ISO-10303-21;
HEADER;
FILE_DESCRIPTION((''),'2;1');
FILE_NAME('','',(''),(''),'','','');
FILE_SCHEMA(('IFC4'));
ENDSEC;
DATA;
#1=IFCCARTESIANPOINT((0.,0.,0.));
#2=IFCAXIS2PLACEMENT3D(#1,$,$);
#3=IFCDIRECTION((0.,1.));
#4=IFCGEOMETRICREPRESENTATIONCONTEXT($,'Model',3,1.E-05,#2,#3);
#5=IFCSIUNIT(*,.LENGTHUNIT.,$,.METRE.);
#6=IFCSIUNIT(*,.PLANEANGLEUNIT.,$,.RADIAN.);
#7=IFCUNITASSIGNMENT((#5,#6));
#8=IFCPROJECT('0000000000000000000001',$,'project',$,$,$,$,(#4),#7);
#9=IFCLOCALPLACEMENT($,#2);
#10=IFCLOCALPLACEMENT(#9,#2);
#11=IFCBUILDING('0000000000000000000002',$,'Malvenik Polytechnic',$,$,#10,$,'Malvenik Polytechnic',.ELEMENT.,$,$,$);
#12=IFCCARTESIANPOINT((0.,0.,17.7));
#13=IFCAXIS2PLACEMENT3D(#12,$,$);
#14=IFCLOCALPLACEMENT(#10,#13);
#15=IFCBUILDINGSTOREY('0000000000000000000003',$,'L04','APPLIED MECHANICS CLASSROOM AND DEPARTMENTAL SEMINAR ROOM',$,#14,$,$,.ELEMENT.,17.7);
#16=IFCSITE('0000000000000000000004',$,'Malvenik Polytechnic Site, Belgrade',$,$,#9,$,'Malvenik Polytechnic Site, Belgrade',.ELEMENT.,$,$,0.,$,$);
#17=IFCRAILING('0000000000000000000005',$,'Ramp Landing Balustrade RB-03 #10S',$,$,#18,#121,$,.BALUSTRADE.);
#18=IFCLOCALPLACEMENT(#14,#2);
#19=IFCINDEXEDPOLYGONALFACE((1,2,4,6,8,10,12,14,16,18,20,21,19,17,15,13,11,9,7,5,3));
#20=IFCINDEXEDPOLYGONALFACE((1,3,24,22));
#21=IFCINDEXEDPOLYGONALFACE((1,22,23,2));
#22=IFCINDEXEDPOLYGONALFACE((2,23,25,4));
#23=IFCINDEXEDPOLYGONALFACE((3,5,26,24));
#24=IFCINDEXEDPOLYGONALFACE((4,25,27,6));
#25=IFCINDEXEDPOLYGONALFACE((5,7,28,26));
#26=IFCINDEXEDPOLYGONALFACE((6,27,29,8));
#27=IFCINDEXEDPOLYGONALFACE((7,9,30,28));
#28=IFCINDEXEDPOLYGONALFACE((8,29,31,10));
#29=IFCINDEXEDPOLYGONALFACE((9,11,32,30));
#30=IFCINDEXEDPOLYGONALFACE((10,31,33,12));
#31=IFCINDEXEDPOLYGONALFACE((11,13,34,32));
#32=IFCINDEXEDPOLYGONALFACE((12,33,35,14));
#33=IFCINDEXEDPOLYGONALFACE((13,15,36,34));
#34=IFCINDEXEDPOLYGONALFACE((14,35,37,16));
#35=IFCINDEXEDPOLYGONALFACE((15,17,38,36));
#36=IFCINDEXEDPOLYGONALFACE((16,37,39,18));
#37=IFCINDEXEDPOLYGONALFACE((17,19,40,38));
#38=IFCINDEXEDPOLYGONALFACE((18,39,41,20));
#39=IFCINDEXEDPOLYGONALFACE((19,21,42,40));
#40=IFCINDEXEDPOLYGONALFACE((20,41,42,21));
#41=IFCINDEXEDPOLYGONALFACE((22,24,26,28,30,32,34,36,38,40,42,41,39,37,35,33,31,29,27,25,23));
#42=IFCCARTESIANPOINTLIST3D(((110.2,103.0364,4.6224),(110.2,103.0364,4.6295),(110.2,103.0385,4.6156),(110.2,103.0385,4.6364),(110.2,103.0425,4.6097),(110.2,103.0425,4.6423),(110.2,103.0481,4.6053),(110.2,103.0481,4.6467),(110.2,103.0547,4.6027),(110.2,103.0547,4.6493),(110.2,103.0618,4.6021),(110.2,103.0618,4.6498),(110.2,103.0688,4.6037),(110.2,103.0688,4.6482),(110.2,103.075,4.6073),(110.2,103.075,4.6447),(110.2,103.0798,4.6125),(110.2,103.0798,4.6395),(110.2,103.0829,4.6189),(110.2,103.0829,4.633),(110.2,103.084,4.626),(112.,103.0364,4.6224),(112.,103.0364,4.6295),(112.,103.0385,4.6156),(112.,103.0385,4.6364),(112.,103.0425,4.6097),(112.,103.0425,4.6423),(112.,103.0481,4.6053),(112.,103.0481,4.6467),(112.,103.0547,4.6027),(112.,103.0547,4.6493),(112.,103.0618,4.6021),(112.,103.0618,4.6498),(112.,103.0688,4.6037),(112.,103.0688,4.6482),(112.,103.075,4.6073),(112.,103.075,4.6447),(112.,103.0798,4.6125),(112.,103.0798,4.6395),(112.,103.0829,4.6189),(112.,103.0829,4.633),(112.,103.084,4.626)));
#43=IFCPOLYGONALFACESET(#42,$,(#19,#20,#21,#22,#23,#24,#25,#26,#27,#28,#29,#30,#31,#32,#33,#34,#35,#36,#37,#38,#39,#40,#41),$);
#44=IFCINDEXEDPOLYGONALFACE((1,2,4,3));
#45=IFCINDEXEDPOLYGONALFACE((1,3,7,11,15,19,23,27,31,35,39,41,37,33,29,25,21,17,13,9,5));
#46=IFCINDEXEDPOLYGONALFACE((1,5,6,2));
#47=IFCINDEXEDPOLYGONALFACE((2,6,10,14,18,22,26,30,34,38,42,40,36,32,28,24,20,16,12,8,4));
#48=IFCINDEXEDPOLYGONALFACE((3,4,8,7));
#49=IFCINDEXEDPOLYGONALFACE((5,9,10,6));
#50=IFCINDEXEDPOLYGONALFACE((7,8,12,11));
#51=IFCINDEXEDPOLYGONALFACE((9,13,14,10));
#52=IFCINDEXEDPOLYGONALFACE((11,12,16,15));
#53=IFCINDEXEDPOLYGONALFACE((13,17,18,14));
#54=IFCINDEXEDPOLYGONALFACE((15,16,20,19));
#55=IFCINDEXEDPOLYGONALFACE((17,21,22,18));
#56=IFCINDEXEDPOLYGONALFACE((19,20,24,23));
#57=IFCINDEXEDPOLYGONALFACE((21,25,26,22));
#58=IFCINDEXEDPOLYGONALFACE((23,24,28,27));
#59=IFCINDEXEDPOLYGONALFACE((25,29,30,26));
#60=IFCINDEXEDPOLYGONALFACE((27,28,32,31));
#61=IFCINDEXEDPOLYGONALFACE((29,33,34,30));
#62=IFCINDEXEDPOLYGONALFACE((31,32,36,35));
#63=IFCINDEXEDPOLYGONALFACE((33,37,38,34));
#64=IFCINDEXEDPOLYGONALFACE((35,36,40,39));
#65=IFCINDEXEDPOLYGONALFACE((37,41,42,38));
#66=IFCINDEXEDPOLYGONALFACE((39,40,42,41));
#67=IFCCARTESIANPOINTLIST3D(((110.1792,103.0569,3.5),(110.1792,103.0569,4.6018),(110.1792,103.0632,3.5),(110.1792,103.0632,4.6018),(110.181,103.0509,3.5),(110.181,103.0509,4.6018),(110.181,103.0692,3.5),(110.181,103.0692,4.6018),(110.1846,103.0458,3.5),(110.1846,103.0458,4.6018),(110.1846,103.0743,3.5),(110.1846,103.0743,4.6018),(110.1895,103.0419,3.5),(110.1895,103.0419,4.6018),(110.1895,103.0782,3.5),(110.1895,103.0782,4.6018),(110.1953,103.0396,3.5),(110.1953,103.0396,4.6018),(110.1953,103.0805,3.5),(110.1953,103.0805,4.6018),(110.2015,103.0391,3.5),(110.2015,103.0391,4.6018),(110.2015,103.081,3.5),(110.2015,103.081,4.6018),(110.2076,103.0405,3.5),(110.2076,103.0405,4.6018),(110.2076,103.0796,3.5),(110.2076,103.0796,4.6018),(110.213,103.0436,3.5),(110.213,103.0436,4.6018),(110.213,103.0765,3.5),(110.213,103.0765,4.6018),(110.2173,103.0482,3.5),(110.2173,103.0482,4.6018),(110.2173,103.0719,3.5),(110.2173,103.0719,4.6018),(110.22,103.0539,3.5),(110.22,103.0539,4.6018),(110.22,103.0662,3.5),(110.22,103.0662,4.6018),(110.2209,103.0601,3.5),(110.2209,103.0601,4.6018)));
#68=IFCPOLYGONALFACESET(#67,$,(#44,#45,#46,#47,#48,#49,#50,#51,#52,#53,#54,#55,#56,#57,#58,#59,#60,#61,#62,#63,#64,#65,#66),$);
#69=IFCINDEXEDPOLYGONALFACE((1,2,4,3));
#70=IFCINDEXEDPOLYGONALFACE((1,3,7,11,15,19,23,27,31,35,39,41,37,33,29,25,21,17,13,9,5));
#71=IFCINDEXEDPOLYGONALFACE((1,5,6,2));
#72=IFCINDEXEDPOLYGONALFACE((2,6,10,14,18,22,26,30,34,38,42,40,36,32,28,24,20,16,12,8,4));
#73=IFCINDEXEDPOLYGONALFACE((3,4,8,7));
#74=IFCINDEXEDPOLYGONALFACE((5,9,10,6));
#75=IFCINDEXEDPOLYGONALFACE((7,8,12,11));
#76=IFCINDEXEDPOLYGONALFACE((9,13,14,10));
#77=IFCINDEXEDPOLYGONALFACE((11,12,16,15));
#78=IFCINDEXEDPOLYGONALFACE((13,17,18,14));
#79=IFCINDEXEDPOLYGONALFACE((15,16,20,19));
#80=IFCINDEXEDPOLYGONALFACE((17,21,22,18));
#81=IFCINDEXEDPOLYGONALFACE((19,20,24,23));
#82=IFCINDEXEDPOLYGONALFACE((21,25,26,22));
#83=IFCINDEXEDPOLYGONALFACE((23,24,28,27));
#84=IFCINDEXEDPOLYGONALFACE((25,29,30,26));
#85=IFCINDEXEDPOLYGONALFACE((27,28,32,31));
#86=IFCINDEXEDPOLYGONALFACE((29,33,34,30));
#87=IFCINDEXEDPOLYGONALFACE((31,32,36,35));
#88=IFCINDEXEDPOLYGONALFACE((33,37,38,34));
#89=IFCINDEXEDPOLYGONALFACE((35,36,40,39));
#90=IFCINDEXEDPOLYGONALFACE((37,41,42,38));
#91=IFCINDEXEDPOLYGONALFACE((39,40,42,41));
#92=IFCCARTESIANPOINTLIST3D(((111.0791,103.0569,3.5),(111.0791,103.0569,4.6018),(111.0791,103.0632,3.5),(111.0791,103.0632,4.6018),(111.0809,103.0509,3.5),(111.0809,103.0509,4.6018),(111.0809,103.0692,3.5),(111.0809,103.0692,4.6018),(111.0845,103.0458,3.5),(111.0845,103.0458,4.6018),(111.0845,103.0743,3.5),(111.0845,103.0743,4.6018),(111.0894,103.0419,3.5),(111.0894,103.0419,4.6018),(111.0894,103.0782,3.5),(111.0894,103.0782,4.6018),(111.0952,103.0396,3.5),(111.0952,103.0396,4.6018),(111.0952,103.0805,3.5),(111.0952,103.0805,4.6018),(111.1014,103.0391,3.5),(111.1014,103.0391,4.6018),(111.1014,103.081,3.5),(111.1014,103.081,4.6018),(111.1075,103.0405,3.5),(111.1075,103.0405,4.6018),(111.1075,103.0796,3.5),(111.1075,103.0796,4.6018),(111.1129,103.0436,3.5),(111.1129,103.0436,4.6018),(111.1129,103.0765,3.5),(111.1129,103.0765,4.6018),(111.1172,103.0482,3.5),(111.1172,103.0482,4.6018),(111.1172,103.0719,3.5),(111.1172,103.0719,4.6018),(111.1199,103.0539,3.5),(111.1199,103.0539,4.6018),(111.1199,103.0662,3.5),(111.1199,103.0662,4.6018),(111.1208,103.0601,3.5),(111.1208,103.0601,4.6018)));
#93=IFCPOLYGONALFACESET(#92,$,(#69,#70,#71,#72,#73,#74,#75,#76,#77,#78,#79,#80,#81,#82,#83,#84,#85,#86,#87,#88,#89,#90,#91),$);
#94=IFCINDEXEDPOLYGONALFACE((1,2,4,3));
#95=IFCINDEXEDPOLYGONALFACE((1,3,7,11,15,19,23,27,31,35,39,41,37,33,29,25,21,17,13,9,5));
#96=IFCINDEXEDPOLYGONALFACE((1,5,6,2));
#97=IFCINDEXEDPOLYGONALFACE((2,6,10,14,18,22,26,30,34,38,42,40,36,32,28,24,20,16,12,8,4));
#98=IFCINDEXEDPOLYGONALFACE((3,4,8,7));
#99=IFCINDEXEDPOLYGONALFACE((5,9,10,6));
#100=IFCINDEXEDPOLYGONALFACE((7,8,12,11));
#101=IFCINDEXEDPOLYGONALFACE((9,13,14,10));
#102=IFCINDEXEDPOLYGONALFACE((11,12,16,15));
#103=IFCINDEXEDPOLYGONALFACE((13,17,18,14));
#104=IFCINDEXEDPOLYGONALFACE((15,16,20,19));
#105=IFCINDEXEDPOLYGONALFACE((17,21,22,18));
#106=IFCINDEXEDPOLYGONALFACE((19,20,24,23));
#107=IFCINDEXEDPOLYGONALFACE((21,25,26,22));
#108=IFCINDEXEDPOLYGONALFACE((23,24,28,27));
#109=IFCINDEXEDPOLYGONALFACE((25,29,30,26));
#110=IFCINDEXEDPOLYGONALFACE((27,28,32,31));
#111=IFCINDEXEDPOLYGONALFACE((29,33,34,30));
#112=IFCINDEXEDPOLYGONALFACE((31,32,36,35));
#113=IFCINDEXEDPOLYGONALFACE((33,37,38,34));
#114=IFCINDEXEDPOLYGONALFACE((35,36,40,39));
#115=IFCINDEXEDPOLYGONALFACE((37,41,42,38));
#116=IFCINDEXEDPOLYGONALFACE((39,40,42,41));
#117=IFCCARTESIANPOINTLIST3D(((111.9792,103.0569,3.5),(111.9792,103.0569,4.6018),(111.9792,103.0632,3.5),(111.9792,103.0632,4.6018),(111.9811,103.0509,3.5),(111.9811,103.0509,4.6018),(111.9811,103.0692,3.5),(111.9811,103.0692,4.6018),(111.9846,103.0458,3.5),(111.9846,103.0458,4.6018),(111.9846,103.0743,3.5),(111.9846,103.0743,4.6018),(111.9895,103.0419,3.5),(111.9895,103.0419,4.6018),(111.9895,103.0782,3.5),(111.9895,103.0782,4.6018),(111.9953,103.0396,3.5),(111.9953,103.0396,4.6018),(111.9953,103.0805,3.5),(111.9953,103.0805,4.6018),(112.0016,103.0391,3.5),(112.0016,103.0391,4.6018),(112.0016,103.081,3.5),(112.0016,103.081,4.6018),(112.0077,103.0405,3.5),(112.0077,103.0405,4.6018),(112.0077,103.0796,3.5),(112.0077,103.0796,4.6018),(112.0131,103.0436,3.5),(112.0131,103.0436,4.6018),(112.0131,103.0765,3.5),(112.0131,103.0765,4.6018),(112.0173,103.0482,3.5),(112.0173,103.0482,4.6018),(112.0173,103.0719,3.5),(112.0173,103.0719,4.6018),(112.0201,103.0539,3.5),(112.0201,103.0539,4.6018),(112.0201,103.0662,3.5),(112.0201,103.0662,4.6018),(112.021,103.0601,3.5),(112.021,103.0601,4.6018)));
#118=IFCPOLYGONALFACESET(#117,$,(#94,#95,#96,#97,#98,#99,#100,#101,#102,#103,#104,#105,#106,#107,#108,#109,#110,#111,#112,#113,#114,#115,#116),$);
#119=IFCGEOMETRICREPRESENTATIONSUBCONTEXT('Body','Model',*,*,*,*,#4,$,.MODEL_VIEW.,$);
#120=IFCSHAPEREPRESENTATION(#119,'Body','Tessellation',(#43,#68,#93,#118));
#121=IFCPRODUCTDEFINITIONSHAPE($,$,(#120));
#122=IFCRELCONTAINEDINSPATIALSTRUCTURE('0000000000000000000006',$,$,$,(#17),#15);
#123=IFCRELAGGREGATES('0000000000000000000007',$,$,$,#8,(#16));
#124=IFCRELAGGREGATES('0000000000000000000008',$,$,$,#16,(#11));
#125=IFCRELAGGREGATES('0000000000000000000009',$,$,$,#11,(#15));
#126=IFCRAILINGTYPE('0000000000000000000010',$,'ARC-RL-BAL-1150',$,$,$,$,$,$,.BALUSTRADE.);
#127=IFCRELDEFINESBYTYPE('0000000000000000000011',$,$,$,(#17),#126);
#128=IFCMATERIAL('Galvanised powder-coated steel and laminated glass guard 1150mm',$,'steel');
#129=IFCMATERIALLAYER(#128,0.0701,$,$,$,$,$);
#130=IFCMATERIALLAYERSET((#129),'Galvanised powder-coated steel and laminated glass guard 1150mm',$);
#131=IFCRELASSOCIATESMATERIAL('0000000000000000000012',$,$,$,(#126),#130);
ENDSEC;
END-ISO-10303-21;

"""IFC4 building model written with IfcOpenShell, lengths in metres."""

from ifc_helpers import new_model, si_unit, direction, frame, origin, origin_2d, place, context, subcontext, project, spatial, circle, extrude, material, layer, layer_set, type_object, element, save


model = new_model("IFC4")

# Units and contexts
model_context = context("Model", 3, precision=1e-05, world=origin(), true_north=direction((0.0, 1.0)))
body_context = subcontext(model_context, "Body", "Model", "MODEL_VIEW")
ifc_project = project(units=[si_unit("LENGTHUNIT", "METRE"), si_unit("PLANEANGLEUNIT", "RADIAN")], contexts=[model_context])

# Site, building, storey
site_placement = place(None, origin())
site = spatial("IfcSite", under=ifc_project, at=site_placement, Name="Malvenik Polytechnic Site, Belgrade", LongName="Malvenik Polytechnic Site, Belgrade", CompositionType="ELEMENT", RefElevation=0.0)
building_placement = place(site_placement, origin())
building = spatial("IfcBuilding", under=site, at=building_placement, Name="Malvenik Polytechnic", LongName="Malvenik Polytechnic", CompositionType="ELEMENT")
storey_placement = place(building_placement, frame((0.0, 0.0, 17.7)))
storey = spatial("IfcBuildingStorey", under=building, at=storey_placement, Name="L04", Description="APPLIED MECHANICS CLASSROOM AND DEPARTMENTAL SEMINAR ROOM", CompositionType="ELEMENT", Elevation=17.7)

# Railing
ifc_material_1 = material(Name="Galvanised powder-coated steel and laminated glass guard 1150mm", Category="steel")
ifc_layer_1 = layer(ifc_material_1, 0.0701)
ifc_layer_set_1 = layer_set([ifc_layer_1], Name="Galvanised powder-coated steel and laminated glass guard 1150mm")
railing_type_1 = type_object("IfcRailingType", Name="ARC-RL-BAL-1150", PredefinedType="BALUSTRADE", material=ifc_layer_set_1)
railing_1_placement = place(storey_placement, frame((110.2, 103.0601, 3.5)))
element("IfcRailing", 1, at=railing_1_placement, inside=storey, type_object=railing_type_1, Name="Ramp Landing Balustrade RB-03 #10S", PredefinedType="BALUSTRADE", context=body_context, shape_type="SweptSolid", body=[
    extrude(circle(Radius=0.0239, at=origin_2d()), frame((0.0, 0.0, 1.126), z_axis=(1.0, 0.0, 0.0), x_axis=(0.0, 1.0, 0.0)), (0.0, 0.0, 1.0), 1.8),
    extrude(circle(Radius=0.021, at=origin_2d()), origin(), (0.0, 0.0, 1.0), 1.1018),
    extrude(circle(Radius=0.021, at=origin_2d()), frame((0.8999, 0.0, 0.0)), (0.0, 0.0, 1.0), 1.1018),
    extrude(circle(Radius=0.021, at=origin_2d()), frame((1.8, 0.0, 0.0)), (0.0, 0.0, 1.0), 1.1018),
])

save(model, "model.ifc")
